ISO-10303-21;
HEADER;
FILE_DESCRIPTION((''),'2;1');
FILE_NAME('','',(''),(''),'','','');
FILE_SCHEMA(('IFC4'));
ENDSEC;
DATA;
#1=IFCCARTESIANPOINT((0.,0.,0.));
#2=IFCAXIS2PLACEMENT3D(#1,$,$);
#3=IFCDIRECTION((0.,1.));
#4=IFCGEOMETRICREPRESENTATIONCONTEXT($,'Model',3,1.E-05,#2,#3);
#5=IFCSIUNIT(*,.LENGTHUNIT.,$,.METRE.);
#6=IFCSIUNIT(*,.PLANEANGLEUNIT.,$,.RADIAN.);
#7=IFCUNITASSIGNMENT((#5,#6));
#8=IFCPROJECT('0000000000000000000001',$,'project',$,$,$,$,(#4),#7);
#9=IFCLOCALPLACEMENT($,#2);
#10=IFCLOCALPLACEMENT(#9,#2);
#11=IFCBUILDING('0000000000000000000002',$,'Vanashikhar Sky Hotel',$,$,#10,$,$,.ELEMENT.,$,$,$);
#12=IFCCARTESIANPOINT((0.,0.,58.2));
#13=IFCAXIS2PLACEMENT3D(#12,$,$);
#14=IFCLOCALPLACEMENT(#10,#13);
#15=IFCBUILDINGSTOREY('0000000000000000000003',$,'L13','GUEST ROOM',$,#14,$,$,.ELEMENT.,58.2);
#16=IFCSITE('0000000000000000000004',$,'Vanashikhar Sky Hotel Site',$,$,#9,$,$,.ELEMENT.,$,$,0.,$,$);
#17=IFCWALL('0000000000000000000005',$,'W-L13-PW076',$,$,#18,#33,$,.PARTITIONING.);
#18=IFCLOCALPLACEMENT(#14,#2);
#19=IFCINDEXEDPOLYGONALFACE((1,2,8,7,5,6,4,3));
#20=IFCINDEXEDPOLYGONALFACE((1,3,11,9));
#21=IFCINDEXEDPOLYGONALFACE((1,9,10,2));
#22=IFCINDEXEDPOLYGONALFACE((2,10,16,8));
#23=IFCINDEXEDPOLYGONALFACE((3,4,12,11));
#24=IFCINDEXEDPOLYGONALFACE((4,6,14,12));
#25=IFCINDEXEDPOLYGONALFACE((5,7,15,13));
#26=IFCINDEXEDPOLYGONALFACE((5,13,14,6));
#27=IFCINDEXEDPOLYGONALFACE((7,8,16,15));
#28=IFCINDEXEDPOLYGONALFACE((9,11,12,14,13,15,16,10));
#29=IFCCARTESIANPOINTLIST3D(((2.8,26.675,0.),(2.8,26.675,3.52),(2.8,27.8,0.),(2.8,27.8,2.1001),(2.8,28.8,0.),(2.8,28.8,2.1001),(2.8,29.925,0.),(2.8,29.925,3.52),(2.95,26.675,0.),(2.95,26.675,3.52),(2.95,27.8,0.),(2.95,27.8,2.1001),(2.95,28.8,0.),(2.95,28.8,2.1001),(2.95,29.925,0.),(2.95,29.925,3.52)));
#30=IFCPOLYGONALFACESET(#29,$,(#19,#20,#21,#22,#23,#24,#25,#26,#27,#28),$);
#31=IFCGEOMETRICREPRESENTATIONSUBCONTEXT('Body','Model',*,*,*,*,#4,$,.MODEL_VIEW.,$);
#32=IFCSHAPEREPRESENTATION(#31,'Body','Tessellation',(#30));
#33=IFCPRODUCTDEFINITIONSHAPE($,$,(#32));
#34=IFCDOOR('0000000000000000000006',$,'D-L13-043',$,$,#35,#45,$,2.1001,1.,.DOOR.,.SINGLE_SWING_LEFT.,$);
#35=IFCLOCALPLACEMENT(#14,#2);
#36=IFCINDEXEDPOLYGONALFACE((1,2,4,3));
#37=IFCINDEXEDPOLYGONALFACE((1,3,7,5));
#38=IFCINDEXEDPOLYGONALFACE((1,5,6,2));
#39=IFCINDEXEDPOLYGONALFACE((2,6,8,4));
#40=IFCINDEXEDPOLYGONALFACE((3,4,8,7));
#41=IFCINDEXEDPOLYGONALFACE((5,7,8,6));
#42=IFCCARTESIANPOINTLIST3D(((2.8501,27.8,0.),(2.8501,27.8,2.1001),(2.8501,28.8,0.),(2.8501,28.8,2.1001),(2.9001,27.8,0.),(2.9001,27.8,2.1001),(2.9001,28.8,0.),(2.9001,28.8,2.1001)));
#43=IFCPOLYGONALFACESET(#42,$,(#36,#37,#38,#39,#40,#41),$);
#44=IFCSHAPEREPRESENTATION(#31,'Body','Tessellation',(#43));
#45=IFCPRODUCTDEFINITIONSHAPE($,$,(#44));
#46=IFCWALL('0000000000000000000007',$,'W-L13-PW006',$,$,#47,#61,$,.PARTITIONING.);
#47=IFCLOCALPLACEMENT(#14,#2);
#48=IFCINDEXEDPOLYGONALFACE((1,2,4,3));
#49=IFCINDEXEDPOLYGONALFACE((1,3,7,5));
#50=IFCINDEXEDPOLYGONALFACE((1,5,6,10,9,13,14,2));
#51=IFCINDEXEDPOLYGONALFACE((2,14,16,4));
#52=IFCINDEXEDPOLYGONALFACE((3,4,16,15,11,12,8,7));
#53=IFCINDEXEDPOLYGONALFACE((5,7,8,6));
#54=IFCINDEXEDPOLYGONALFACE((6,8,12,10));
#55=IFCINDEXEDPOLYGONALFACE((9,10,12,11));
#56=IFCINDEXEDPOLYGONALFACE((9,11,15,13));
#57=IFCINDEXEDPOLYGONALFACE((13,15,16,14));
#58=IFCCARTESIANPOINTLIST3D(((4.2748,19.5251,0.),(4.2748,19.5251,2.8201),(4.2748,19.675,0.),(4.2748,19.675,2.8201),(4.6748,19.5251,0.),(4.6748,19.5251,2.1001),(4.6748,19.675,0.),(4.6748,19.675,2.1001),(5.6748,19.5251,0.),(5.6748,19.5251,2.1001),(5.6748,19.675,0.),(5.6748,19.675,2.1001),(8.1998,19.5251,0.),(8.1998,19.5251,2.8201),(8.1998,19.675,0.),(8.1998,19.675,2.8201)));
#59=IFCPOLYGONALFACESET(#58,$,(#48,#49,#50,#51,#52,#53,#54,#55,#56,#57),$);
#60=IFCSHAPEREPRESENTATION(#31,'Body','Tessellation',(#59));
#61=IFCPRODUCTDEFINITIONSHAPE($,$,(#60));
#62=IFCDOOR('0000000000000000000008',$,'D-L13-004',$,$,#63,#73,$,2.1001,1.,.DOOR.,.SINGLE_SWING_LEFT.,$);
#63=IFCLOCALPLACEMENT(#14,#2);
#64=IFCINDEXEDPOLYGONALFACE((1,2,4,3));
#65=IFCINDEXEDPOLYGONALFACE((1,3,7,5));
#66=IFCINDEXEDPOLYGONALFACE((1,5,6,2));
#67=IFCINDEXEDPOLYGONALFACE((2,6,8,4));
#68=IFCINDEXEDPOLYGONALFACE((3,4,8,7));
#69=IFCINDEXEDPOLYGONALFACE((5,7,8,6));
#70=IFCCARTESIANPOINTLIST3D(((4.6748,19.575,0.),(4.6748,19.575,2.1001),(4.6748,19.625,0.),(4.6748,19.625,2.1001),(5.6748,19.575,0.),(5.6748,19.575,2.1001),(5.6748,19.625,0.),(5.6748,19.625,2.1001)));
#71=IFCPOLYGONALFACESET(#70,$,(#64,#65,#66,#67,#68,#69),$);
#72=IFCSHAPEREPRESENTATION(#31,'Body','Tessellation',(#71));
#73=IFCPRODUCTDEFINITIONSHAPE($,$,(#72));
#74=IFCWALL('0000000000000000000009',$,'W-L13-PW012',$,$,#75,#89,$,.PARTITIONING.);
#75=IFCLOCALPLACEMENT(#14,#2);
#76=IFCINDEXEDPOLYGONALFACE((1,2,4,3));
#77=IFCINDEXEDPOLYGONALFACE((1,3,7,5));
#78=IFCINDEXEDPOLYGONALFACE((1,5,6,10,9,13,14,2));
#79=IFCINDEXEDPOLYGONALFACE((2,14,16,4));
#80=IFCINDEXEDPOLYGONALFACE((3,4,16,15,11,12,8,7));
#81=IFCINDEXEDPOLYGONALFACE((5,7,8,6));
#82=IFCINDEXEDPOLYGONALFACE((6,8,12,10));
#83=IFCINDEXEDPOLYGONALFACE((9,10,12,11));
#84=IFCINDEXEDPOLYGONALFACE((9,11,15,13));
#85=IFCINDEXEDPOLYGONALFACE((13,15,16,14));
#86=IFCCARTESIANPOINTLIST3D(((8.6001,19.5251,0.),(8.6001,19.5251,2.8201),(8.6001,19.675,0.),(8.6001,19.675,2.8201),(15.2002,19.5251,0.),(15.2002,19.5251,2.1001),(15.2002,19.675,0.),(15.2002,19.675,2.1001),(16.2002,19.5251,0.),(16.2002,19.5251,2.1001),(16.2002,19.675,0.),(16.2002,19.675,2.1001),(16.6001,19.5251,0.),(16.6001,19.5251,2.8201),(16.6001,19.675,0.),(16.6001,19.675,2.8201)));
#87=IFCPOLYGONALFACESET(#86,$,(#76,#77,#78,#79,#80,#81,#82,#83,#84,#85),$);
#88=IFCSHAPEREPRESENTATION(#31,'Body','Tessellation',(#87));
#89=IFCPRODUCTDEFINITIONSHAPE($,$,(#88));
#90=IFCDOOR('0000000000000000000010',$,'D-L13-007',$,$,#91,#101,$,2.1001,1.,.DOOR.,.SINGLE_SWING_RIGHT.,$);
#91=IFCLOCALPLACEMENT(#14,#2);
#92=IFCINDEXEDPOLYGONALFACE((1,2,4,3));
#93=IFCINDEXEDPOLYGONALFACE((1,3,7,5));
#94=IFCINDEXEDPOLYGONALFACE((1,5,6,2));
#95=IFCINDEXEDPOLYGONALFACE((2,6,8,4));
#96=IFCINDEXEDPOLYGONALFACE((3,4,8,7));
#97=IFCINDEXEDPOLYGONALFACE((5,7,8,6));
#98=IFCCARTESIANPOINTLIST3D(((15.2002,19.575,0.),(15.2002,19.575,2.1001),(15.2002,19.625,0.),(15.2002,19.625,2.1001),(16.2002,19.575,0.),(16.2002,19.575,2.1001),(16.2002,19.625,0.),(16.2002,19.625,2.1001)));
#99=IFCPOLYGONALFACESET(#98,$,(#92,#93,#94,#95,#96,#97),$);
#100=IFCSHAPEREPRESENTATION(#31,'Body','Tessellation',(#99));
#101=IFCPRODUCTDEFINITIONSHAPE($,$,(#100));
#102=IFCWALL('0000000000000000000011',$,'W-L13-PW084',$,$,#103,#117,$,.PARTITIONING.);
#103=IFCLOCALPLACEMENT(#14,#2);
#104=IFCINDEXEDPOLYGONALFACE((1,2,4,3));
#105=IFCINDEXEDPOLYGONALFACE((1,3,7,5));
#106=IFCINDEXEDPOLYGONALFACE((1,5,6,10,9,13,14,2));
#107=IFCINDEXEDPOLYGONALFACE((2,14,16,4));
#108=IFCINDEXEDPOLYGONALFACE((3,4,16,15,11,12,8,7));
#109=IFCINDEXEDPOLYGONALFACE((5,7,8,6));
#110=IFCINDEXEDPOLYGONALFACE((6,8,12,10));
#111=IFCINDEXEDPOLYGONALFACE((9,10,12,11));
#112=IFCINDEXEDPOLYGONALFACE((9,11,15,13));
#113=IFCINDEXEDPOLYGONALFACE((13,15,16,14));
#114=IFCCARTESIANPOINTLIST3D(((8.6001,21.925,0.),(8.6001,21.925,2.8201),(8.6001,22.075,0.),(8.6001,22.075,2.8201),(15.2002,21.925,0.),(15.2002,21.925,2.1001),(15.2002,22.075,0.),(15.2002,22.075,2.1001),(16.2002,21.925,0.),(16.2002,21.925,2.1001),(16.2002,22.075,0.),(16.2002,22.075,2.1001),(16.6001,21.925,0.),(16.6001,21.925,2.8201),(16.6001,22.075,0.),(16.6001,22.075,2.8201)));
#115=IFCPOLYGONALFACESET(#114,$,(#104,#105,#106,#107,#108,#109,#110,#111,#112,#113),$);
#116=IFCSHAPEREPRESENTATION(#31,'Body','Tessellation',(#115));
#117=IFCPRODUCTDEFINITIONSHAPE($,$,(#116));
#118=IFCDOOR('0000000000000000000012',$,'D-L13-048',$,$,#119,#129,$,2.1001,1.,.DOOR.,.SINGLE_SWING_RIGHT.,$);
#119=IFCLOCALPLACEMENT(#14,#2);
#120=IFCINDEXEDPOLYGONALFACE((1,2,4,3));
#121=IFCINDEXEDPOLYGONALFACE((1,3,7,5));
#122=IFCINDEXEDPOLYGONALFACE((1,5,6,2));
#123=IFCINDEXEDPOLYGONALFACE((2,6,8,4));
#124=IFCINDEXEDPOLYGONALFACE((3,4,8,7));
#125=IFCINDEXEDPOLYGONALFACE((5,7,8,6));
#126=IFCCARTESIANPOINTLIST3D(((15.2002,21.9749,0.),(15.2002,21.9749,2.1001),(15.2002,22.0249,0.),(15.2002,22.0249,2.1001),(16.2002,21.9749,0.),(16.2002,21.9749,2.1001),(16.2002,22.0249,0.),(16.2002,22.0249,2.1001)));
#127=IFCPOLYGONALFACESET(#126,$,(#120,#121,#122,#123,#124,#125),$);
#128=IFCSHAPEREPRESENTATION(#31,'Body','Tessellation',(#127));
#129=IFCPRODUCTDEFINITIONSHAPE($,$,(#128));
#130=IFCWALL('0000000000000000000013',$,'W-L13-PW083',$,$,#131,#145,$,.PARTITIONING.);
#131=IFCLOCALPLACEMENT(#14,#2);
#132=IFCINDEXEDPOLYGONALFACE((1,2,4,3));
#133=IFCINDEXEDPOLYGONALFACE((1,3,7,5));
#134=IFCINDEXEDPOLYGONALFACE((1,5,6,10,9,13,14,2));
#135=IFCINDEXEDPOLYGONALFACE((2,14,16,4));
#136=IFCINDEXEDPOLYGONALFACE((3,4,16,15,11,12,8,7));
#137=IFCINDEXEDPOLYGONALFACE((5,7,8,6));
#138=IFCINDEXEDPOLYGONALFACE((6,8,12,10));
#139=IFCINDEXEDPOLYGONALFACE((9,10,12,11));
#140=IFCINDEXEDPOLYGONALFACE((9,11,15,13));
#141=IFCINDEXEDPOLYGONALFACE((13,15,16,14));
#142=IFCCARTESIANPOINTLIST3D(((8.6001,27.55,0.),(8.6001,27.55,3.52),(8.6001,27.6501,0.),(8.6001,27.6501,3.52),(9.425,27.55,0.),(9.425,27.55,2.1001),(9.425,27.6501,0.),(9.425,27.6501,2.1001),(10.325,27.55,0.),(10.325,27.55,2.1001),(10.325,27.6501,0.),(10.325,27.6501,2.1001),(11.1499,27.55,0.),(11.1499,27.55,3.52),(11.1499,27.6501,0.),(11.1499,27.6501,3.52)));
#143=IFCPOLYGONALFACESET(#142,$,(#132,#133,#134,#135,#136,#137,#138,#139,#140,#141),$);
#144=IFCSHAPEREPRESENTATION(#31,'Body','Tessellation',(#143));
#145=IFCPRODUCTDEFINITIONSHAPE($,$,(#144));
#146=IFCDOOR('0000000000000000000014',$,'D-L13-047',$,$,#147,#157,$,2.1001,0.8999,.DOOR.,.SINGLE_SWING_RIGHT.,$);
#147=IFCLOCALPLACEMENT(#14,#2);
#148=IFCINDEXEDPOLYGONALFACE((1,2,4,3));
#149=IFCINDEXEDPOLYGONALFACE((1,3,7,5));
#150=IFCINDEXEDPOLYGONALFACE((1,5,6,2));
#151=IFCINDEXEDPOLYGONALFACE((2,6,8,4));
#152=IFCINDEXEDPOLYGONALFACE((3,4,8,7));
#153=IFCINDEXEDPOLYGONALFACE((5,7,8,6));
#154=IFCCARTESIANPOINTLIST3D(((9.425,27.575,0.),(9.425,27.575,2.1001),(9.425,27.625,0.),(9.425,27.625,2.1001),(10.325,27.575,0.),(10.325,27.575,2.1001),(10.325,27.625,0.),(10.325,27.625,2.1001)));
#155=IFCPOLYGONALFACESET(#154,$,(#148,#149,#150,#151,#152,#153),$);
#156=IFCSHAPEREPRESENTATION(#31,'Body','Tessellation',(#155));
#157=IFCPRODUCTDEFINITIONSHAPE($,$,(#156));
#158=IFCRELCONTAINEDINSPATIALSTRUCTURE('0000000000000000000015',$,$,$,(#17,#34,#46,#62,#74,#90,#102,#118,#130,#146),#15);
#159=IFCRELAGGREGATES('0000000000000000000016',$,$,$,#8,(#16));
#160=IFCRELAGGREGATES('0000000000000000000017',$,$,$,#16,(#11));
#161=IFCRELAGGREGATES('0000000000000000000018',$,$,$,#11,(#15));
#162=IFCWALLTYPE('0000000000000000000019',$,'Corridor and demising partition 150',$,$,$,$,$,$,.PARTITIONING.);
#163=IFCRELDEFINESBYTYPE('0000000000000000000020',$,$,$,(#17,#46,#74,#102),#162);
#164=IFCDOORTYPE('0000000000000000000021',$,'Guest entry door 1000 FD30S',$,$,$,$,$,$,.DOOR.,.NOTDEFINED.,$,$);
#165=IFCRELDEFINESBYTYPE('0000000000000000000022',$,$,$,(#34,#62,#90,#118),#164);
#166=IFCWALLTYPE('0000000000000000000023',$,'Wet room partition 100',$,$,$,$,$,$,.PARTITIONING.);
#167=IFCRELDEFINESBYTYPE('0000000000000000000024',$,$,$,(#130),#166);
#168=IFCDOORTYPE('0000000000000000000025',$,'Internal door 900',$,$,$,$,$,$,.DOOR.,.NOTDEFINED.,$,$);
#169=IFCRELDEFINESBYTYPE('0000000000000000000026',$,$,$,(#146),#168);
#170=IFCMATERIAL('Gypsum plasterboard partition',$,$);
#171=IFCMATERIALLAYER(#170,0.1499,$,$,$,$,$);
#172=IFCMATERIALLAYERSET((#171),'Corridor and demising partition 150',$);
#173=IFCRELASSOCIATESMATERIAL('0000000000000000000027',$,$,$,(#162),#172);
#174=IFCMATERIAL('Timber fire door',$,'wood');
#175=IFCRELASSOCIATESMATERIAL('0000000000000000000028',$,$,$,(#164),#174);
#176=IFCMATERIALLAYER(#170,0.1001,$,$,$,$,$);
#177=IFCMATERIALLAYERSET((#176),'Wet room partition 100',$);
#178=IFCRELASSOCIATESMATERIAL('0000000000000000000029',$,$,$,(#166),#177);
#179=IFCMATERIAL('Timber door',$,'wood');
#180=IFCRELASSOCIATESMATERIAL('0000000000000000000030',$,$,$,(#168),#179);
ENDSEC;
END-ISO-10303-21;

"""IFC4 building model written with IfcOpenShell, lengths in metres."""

from ifc_helpers import new_model, si_unit, direction, frame, frame_2d, origin, place, context, subcontext, project, spatial, rectangle, extrude, source, transform, mapped, material, layer, layer_set, type_object, element, fill, save


model = new_model("IFC4")

# Units and contexts
model_context = context("Model", 3, precision=1e-05, world=origin(), true_north=direction((0.0, 1.0)))
body_context = subcontext(model_context, "Body", "Model", "MODEL_VIEW")
ifc_project = project(units=[si_unit("LENGTHUNIT", "METRE"), si_unit("PLANEANGLEUNIT", "RADIAN")], contexts=[model_context])

# Site, building, storey
site_placement = place(None, origin())
site = spatial("IfcSite", under=ifc_project, at=site_placement, Name="Vanashikhar Sky Hotel Site", CompositionType="ELEMENT", RefElevation=0.0)
building_placement = place(site_placement, origin())
building = spatial("IfcBuilding", under=site, at=building_placement, Name="Vanashikhar Sky Hotel", CompositionType="ELEMENT")
storey_placement = place(building_placement, frame((0.0, 0.0, 58.2)))
storey = spatial("IfcBuildingStorey", under=building, at=storey_placement, Name="L13", Description="GUEST ROOM", CompositionType="ELEMENT", Elevation=58.2)

# Walls, openings, doors
ifc_material_1 = material(Name="Gypsum plasterboard partition")
ifc_layer_1 = layer(ifc_material_1, 0.1499)
ifc_layer_set_1 = layer_set([ifc_layer_1], Name="Corridor and demising partition 150")
wall_type_1 = type_object("IfcWallType", Name="Corridor and demising partition 150", PredefinedType="PARTITIONING", material=ifc_layer_set_1)
shared_shape_1 = source(origin(), body_context, "Body", "SweptSolid", [
    extrude(rectangle(XDim=1.0, YDim=2.1001, at=frame_2d((0.5, 1.05))), frame((0.0, 0.085, 0.0), z_axis=(0.0, -1.0, 0.0), x_axis=(1.0, 0.0, 0.0)), (0.0, 0.0, 1.0), 0.1699),
])
ifc_material_2 = material(Name="Timber fire door", Category="wood")
door_type_1 = type_object("IfcDoorType", Name="Guest entry door 1000 FD30S", OperationType="NOTDEFINED", PredefinedType="DOOR", material=ifc_material_2)
shared_shape_2 = source(origin(), body_context, "Body", "SweptSolid", [
    extrude(rectangle(XDim=1.0, YDim=2.1001, at=frame_2d((0.5, 1.05))), frame((0.0, 0.0249, 0.0), z_axis=(0.0, -1.0, 0.0), x_axis=(1.0, 0.0, 0.0)), (0.0, 0.0, 1.0), 0.05),
])
shared_shape_3 = source(origin(), body_context, "Body", "SweptSolid", [
    extrude(rectangle(XDim=3.25, YDim=0.1499, at=frame_2d((1.625, 0.0))), origin(), (0.0, 0.0, 1.0), 3.52),
])
wall_1_placement = place(storey_placement, frame((2.875, 26.675, 0.0), z_axis=(0.0, 0.0, 1.0), x_axis=(0.0, 1.0, 0.0)))
wall_1 = element("IfcWall", 1, at=wall_1_placement, inside=storey, type_object=wall_type_1, Name="W-L13-PW076", PredefinedType="PARTITIONING", context=body_context, shape_type="MappedRepresentation", body=[
    mapped(shared_shape_3, transform((0.0, 0.0, 0.0), scale=1.0)),
])
opening_1_placement = place(wall_1_placement, frame((1.125, 0.0, 0.0)))
opening_1 = element("IfcOpeningElement", 2, at=opening_1_placement, cuts=wall_1, PredefinedType="OPENING", context=body_context, shape_type="MappedRepresentation", body=[
    mapped(shared_shape_1, transform((0.0, 0.0, 0.0), scale=1.0)),
])
door_1_placement = place(opening_1_placement, origin())
door_1 = element("IfcDoor", 3, at=door_1_placement, inside=storey, type_object=door_type_1, Name="D-L13-043", OperationType="SINGLE_SWING_LEFT", OverallHeight=2.1001, OverallWidth=1.0, PredefinedType="DOOR", context=body_context, shape_type="MappedRepresentation", body=[
    mapped(shared_shape_2, transform((0.0, 0.0, 0.0), scale=1.0)),
])
fill(opening_1, door_1)
shared_shape_4 = source(origin(), body_context, "Body", "SweptSolid", [
    extrude(rectangle(XDim=3.925, YDim=0.1499, at=frame_2d((1.9624, 0.0))), origin(), (0.0, 0.0, 1.0), 2.8201),
])
wall_2_placement = place(storey_placement, frame((4.2749, 19.6001, 0.0), z_axis=(0.0, 0.0, 1.0), x_axis=(1.0, 0.0, 0.0)))
wall_2 = element("IfcWall", 4, at=wall_2_placement, inside=storey, type_object=wall_type_1, Name="W-L13-PW006", PredefinedType="PARTITIONING", context=body_context, shape_type="MappedRepresentation", body=[
    mapped(shared_shape_4, transform((0.0, 0.0, 0.0), scale=1.0)),
])
opening_2_placement = place(wall_2_placement, frame((0.3999, 0.0, 0.0)))
opening_2 = element("IfcOpeningElement", 5, at=opening_2_placement, cuts=wall_2, PredefinedType="OPENING", context=body_context, shape_type="MappedRepresentation", body=[
    mapped(shared_shape_1, transform((0.0, 0.0, 0.0), scale=1.0)),
])
door_2_placement = place(opening_2_placement, origin())
door_2 = element("IfcDoor", 6, at=door_2_placement, inside=storey, type_object=door_type_1, Name="D-L13-004", OperationType="SINGLE_SWING_LEFT", OverallHeight=2.1001, OverallWidth=1.0, PredefinedType="DOOR", context=body_context, shape_type="MappedRepresentation", body=[
    mapped(shared_shape_2, transform((0.0, 0.0, 0.0), scale=1.0)),
])
fill(opening_2, door_2)
shared_shape_5 = source(origin(), body_context, "Body", "SweptSolid", [
    extrude(rectangle(XDim=8.0, YDim=0.1499, at=frame_2d((4.0, 0.0))), origin(), (0.0, 0.0, 1.0), 2.8201),
])
wall_3_placement = place(storey_placement, frame((8.6001, 19.6001, 0.0), z_axis=(0.0, 0.0, 1.0), x_axis=(1.0, 0.0, 0.0)))
wall_3 = element("IfcWall", 7, at=wall_3_placement, inside=storey, type_object=wall_type_1, Name="W-L13-PW012", PredefinedType="PARTITIONING", context=body_context, shape_type="MappedRepresentation", body=[
    mapped(shared_shape_5, transform((0.0, 0.0, 0.0), scale=1.0)),
])
opening_3_placement = place(wall_3_placement, frame((6.6001, 0.0, 0.0)))
opening_3 = element("IfcOpeningElement", 8, at=opening_3_placement, cuts=wall_3, PredefinedType="OPENING", context=body_context, shape_type="MappedRepresentation", body=[
    mapped(shared_shape_1, transform((0.0, 0.0, 0.0), scale=1.0)),
])
door_3_placement = place(opening_3_placement, origin())
door_3 = element("IfcDoor", 9, at=door_3_placement, inside=storey, type_object=door_type_1, Name="D-L13-007", OperationType="SINGLE_SWING_RIGHT", OverallHeight=2.1001, OverallWidth=1.0, PredefinedType="DOOR", context=body_context, shape_type="MappedRepresentation", body=[
    mapped(shared_shape_2, transform((0.0, 0.0, 0.0), scale=1.0)),
])
fill(opening_3, door_3)
wall_4_placement = place(storey_placement, frame((8.6001, 22.0, 0.0), z_axis=(0.0, 0.0, 1.0), x_axis=(1.0, 0.0, 0.0)))
wall_4 = element("IfcWall", 10, at=wall_4_placement, inside=storey, type_object=wall_type_1, Name="W-L13-PW084", PredefinedType="PARTITIONING", context=body_context, shape_type="MappedRepresentation", body=[
    mapped(shared_shape_5, transform((0.0, 0.0, 0.0), scale=1.0)),
])
opening_4_placement = place(wall_4_placement, frame((6.6001, 0.0, 0.0)))
opening_4 = element("IfcOpeningElement", 11, at=opening_4_placement, cuts=wall_4, PredefinedType="OPENING", context=body_context, shape_type="MappedRepresentation", body=[
    mapped(shared_shape_1, transform((0.0, 0.0, 0.0), scale=1.0)),
])
door_4_placement = place(opening_4_placement, origin())
door_4 = element("IfcDoor", 12, at=door_4_placement, inside=storey, type_object=door_type_1, Name="D-L13-048", OperationType="SINGLE_SWING_RIGHT", OverallHeight=2.1001, OverallWidth=1.0, PredefinedType="DOOR", context=body_context, shape_type="MappedRepresentation", body=[
    mapped(shared_shape_2, transform((0.0, 0.0, 0.0), scale=1.0)),
])
fill(opening_4, door_4)
ifc_layer_2 = layer(ifc_material_1, 0.1001)
ifc_layer_set_2 = layer_set([ifc_layer_2], Name="Wet room partition 100")
wall_type_2 = type_object("IfcWallType", Name="Wet room partition 100", PredefinedType="PARTITIONING", material=ifc_layer_set_2)
shared_shape_6 = source(origin(), body_context, "Body", "SweptSolid", [
    extrude(rectangle(XDim=2.5498, YDim=0.1001, at=frame_2d((1.2749, 0.0))), origin(), (0.0, 0.0, 1.0), 3.52),
])
wall_5_placement = place(storey_placement, frame((8.6001, 27.6001, 0.0), z_axis=(0.0, 0.0, 1.0), x_axis=(1.0, 0.0, 0.0)))
wall_5 = element("IfcWall", 13, at=wall_5_placement, inside=storey, type_object=wall_type_2, Name="W-L13-PW083", PredefinedType="PARTITIONING", context=body_context, shape_type="MappedRepresentation", body=[
    mapped(shared_shape_6, transform((0.0, 0.0, 0.0), scale=1.0)),
])
shared_shape_7 = source(origin(), body_context, "Body", "SweptSolid", [
    extrude(rectangle(XDim=0.8999, YDim=2.1001, at=frame_2d((0.45, 1.05))), frame((0.0, 0.0601, 0.0), z_axis=(0.0, -1.0, 0.0), x_axis=(1.0, 0.0, 0.0)), (0.0, 0.0, 1.0), 0.1201),
])
opening_5_placement = place(wall_5_placement, frame((0.825, 0.0, 0.0)))
opening_5 = element("IfcOpeningElement", 14, at=opening_5_placement, cuts=wall_5, PredefinedType="OPENING", context=body_context, shape_type="MappedRepresentation", body=[
    mapped(shared_shape_7, transform((0.0, 0.0, 0.0), scale=1.0)),
])
ifc_material_3 = material(Name="Timber door", Category="wood")
door_type_2 = type_object("IfcDoorType", Name="Internal door 900", OperationType="NOTDEFINED", PredefinedType="DOOR", material=ifc_material_3)
shared_shape_8 = source(origin(), body_context, "Body", "SweptSolid", [
    extrude(rectangle(XDim=0.8999, YDim=2.1001, at=frame_2d((0.45, 1.05))), frame((0.0, 0.0249, 0.0), z_axis=(0.0, -1.0, 0.0), x_axis=(1.0, 0.0, 0.0)), (0.0, 0.0, 1.0), 0.05),
])
door_5_placement = place(opening_5_placement, origin())
door_5 = element("IfcDoor", 15, at=door_5_placement, inside=storey, type_object=door_type_2, Name="D-L13-047", OperationType="SINGLE_SWING_RIGHT", OverallHeight=2.1001, OverallWidth=0.8999, PredefinedType="DOOR", context=body_context, shape_type="MappedRepresentation", body=[
    mapped(shared_shape_8, transform((0.0, 0.0, 0.0), scale=1.0)),
])
fill(opening_5, door_5)

save(model, "model.ifc")
